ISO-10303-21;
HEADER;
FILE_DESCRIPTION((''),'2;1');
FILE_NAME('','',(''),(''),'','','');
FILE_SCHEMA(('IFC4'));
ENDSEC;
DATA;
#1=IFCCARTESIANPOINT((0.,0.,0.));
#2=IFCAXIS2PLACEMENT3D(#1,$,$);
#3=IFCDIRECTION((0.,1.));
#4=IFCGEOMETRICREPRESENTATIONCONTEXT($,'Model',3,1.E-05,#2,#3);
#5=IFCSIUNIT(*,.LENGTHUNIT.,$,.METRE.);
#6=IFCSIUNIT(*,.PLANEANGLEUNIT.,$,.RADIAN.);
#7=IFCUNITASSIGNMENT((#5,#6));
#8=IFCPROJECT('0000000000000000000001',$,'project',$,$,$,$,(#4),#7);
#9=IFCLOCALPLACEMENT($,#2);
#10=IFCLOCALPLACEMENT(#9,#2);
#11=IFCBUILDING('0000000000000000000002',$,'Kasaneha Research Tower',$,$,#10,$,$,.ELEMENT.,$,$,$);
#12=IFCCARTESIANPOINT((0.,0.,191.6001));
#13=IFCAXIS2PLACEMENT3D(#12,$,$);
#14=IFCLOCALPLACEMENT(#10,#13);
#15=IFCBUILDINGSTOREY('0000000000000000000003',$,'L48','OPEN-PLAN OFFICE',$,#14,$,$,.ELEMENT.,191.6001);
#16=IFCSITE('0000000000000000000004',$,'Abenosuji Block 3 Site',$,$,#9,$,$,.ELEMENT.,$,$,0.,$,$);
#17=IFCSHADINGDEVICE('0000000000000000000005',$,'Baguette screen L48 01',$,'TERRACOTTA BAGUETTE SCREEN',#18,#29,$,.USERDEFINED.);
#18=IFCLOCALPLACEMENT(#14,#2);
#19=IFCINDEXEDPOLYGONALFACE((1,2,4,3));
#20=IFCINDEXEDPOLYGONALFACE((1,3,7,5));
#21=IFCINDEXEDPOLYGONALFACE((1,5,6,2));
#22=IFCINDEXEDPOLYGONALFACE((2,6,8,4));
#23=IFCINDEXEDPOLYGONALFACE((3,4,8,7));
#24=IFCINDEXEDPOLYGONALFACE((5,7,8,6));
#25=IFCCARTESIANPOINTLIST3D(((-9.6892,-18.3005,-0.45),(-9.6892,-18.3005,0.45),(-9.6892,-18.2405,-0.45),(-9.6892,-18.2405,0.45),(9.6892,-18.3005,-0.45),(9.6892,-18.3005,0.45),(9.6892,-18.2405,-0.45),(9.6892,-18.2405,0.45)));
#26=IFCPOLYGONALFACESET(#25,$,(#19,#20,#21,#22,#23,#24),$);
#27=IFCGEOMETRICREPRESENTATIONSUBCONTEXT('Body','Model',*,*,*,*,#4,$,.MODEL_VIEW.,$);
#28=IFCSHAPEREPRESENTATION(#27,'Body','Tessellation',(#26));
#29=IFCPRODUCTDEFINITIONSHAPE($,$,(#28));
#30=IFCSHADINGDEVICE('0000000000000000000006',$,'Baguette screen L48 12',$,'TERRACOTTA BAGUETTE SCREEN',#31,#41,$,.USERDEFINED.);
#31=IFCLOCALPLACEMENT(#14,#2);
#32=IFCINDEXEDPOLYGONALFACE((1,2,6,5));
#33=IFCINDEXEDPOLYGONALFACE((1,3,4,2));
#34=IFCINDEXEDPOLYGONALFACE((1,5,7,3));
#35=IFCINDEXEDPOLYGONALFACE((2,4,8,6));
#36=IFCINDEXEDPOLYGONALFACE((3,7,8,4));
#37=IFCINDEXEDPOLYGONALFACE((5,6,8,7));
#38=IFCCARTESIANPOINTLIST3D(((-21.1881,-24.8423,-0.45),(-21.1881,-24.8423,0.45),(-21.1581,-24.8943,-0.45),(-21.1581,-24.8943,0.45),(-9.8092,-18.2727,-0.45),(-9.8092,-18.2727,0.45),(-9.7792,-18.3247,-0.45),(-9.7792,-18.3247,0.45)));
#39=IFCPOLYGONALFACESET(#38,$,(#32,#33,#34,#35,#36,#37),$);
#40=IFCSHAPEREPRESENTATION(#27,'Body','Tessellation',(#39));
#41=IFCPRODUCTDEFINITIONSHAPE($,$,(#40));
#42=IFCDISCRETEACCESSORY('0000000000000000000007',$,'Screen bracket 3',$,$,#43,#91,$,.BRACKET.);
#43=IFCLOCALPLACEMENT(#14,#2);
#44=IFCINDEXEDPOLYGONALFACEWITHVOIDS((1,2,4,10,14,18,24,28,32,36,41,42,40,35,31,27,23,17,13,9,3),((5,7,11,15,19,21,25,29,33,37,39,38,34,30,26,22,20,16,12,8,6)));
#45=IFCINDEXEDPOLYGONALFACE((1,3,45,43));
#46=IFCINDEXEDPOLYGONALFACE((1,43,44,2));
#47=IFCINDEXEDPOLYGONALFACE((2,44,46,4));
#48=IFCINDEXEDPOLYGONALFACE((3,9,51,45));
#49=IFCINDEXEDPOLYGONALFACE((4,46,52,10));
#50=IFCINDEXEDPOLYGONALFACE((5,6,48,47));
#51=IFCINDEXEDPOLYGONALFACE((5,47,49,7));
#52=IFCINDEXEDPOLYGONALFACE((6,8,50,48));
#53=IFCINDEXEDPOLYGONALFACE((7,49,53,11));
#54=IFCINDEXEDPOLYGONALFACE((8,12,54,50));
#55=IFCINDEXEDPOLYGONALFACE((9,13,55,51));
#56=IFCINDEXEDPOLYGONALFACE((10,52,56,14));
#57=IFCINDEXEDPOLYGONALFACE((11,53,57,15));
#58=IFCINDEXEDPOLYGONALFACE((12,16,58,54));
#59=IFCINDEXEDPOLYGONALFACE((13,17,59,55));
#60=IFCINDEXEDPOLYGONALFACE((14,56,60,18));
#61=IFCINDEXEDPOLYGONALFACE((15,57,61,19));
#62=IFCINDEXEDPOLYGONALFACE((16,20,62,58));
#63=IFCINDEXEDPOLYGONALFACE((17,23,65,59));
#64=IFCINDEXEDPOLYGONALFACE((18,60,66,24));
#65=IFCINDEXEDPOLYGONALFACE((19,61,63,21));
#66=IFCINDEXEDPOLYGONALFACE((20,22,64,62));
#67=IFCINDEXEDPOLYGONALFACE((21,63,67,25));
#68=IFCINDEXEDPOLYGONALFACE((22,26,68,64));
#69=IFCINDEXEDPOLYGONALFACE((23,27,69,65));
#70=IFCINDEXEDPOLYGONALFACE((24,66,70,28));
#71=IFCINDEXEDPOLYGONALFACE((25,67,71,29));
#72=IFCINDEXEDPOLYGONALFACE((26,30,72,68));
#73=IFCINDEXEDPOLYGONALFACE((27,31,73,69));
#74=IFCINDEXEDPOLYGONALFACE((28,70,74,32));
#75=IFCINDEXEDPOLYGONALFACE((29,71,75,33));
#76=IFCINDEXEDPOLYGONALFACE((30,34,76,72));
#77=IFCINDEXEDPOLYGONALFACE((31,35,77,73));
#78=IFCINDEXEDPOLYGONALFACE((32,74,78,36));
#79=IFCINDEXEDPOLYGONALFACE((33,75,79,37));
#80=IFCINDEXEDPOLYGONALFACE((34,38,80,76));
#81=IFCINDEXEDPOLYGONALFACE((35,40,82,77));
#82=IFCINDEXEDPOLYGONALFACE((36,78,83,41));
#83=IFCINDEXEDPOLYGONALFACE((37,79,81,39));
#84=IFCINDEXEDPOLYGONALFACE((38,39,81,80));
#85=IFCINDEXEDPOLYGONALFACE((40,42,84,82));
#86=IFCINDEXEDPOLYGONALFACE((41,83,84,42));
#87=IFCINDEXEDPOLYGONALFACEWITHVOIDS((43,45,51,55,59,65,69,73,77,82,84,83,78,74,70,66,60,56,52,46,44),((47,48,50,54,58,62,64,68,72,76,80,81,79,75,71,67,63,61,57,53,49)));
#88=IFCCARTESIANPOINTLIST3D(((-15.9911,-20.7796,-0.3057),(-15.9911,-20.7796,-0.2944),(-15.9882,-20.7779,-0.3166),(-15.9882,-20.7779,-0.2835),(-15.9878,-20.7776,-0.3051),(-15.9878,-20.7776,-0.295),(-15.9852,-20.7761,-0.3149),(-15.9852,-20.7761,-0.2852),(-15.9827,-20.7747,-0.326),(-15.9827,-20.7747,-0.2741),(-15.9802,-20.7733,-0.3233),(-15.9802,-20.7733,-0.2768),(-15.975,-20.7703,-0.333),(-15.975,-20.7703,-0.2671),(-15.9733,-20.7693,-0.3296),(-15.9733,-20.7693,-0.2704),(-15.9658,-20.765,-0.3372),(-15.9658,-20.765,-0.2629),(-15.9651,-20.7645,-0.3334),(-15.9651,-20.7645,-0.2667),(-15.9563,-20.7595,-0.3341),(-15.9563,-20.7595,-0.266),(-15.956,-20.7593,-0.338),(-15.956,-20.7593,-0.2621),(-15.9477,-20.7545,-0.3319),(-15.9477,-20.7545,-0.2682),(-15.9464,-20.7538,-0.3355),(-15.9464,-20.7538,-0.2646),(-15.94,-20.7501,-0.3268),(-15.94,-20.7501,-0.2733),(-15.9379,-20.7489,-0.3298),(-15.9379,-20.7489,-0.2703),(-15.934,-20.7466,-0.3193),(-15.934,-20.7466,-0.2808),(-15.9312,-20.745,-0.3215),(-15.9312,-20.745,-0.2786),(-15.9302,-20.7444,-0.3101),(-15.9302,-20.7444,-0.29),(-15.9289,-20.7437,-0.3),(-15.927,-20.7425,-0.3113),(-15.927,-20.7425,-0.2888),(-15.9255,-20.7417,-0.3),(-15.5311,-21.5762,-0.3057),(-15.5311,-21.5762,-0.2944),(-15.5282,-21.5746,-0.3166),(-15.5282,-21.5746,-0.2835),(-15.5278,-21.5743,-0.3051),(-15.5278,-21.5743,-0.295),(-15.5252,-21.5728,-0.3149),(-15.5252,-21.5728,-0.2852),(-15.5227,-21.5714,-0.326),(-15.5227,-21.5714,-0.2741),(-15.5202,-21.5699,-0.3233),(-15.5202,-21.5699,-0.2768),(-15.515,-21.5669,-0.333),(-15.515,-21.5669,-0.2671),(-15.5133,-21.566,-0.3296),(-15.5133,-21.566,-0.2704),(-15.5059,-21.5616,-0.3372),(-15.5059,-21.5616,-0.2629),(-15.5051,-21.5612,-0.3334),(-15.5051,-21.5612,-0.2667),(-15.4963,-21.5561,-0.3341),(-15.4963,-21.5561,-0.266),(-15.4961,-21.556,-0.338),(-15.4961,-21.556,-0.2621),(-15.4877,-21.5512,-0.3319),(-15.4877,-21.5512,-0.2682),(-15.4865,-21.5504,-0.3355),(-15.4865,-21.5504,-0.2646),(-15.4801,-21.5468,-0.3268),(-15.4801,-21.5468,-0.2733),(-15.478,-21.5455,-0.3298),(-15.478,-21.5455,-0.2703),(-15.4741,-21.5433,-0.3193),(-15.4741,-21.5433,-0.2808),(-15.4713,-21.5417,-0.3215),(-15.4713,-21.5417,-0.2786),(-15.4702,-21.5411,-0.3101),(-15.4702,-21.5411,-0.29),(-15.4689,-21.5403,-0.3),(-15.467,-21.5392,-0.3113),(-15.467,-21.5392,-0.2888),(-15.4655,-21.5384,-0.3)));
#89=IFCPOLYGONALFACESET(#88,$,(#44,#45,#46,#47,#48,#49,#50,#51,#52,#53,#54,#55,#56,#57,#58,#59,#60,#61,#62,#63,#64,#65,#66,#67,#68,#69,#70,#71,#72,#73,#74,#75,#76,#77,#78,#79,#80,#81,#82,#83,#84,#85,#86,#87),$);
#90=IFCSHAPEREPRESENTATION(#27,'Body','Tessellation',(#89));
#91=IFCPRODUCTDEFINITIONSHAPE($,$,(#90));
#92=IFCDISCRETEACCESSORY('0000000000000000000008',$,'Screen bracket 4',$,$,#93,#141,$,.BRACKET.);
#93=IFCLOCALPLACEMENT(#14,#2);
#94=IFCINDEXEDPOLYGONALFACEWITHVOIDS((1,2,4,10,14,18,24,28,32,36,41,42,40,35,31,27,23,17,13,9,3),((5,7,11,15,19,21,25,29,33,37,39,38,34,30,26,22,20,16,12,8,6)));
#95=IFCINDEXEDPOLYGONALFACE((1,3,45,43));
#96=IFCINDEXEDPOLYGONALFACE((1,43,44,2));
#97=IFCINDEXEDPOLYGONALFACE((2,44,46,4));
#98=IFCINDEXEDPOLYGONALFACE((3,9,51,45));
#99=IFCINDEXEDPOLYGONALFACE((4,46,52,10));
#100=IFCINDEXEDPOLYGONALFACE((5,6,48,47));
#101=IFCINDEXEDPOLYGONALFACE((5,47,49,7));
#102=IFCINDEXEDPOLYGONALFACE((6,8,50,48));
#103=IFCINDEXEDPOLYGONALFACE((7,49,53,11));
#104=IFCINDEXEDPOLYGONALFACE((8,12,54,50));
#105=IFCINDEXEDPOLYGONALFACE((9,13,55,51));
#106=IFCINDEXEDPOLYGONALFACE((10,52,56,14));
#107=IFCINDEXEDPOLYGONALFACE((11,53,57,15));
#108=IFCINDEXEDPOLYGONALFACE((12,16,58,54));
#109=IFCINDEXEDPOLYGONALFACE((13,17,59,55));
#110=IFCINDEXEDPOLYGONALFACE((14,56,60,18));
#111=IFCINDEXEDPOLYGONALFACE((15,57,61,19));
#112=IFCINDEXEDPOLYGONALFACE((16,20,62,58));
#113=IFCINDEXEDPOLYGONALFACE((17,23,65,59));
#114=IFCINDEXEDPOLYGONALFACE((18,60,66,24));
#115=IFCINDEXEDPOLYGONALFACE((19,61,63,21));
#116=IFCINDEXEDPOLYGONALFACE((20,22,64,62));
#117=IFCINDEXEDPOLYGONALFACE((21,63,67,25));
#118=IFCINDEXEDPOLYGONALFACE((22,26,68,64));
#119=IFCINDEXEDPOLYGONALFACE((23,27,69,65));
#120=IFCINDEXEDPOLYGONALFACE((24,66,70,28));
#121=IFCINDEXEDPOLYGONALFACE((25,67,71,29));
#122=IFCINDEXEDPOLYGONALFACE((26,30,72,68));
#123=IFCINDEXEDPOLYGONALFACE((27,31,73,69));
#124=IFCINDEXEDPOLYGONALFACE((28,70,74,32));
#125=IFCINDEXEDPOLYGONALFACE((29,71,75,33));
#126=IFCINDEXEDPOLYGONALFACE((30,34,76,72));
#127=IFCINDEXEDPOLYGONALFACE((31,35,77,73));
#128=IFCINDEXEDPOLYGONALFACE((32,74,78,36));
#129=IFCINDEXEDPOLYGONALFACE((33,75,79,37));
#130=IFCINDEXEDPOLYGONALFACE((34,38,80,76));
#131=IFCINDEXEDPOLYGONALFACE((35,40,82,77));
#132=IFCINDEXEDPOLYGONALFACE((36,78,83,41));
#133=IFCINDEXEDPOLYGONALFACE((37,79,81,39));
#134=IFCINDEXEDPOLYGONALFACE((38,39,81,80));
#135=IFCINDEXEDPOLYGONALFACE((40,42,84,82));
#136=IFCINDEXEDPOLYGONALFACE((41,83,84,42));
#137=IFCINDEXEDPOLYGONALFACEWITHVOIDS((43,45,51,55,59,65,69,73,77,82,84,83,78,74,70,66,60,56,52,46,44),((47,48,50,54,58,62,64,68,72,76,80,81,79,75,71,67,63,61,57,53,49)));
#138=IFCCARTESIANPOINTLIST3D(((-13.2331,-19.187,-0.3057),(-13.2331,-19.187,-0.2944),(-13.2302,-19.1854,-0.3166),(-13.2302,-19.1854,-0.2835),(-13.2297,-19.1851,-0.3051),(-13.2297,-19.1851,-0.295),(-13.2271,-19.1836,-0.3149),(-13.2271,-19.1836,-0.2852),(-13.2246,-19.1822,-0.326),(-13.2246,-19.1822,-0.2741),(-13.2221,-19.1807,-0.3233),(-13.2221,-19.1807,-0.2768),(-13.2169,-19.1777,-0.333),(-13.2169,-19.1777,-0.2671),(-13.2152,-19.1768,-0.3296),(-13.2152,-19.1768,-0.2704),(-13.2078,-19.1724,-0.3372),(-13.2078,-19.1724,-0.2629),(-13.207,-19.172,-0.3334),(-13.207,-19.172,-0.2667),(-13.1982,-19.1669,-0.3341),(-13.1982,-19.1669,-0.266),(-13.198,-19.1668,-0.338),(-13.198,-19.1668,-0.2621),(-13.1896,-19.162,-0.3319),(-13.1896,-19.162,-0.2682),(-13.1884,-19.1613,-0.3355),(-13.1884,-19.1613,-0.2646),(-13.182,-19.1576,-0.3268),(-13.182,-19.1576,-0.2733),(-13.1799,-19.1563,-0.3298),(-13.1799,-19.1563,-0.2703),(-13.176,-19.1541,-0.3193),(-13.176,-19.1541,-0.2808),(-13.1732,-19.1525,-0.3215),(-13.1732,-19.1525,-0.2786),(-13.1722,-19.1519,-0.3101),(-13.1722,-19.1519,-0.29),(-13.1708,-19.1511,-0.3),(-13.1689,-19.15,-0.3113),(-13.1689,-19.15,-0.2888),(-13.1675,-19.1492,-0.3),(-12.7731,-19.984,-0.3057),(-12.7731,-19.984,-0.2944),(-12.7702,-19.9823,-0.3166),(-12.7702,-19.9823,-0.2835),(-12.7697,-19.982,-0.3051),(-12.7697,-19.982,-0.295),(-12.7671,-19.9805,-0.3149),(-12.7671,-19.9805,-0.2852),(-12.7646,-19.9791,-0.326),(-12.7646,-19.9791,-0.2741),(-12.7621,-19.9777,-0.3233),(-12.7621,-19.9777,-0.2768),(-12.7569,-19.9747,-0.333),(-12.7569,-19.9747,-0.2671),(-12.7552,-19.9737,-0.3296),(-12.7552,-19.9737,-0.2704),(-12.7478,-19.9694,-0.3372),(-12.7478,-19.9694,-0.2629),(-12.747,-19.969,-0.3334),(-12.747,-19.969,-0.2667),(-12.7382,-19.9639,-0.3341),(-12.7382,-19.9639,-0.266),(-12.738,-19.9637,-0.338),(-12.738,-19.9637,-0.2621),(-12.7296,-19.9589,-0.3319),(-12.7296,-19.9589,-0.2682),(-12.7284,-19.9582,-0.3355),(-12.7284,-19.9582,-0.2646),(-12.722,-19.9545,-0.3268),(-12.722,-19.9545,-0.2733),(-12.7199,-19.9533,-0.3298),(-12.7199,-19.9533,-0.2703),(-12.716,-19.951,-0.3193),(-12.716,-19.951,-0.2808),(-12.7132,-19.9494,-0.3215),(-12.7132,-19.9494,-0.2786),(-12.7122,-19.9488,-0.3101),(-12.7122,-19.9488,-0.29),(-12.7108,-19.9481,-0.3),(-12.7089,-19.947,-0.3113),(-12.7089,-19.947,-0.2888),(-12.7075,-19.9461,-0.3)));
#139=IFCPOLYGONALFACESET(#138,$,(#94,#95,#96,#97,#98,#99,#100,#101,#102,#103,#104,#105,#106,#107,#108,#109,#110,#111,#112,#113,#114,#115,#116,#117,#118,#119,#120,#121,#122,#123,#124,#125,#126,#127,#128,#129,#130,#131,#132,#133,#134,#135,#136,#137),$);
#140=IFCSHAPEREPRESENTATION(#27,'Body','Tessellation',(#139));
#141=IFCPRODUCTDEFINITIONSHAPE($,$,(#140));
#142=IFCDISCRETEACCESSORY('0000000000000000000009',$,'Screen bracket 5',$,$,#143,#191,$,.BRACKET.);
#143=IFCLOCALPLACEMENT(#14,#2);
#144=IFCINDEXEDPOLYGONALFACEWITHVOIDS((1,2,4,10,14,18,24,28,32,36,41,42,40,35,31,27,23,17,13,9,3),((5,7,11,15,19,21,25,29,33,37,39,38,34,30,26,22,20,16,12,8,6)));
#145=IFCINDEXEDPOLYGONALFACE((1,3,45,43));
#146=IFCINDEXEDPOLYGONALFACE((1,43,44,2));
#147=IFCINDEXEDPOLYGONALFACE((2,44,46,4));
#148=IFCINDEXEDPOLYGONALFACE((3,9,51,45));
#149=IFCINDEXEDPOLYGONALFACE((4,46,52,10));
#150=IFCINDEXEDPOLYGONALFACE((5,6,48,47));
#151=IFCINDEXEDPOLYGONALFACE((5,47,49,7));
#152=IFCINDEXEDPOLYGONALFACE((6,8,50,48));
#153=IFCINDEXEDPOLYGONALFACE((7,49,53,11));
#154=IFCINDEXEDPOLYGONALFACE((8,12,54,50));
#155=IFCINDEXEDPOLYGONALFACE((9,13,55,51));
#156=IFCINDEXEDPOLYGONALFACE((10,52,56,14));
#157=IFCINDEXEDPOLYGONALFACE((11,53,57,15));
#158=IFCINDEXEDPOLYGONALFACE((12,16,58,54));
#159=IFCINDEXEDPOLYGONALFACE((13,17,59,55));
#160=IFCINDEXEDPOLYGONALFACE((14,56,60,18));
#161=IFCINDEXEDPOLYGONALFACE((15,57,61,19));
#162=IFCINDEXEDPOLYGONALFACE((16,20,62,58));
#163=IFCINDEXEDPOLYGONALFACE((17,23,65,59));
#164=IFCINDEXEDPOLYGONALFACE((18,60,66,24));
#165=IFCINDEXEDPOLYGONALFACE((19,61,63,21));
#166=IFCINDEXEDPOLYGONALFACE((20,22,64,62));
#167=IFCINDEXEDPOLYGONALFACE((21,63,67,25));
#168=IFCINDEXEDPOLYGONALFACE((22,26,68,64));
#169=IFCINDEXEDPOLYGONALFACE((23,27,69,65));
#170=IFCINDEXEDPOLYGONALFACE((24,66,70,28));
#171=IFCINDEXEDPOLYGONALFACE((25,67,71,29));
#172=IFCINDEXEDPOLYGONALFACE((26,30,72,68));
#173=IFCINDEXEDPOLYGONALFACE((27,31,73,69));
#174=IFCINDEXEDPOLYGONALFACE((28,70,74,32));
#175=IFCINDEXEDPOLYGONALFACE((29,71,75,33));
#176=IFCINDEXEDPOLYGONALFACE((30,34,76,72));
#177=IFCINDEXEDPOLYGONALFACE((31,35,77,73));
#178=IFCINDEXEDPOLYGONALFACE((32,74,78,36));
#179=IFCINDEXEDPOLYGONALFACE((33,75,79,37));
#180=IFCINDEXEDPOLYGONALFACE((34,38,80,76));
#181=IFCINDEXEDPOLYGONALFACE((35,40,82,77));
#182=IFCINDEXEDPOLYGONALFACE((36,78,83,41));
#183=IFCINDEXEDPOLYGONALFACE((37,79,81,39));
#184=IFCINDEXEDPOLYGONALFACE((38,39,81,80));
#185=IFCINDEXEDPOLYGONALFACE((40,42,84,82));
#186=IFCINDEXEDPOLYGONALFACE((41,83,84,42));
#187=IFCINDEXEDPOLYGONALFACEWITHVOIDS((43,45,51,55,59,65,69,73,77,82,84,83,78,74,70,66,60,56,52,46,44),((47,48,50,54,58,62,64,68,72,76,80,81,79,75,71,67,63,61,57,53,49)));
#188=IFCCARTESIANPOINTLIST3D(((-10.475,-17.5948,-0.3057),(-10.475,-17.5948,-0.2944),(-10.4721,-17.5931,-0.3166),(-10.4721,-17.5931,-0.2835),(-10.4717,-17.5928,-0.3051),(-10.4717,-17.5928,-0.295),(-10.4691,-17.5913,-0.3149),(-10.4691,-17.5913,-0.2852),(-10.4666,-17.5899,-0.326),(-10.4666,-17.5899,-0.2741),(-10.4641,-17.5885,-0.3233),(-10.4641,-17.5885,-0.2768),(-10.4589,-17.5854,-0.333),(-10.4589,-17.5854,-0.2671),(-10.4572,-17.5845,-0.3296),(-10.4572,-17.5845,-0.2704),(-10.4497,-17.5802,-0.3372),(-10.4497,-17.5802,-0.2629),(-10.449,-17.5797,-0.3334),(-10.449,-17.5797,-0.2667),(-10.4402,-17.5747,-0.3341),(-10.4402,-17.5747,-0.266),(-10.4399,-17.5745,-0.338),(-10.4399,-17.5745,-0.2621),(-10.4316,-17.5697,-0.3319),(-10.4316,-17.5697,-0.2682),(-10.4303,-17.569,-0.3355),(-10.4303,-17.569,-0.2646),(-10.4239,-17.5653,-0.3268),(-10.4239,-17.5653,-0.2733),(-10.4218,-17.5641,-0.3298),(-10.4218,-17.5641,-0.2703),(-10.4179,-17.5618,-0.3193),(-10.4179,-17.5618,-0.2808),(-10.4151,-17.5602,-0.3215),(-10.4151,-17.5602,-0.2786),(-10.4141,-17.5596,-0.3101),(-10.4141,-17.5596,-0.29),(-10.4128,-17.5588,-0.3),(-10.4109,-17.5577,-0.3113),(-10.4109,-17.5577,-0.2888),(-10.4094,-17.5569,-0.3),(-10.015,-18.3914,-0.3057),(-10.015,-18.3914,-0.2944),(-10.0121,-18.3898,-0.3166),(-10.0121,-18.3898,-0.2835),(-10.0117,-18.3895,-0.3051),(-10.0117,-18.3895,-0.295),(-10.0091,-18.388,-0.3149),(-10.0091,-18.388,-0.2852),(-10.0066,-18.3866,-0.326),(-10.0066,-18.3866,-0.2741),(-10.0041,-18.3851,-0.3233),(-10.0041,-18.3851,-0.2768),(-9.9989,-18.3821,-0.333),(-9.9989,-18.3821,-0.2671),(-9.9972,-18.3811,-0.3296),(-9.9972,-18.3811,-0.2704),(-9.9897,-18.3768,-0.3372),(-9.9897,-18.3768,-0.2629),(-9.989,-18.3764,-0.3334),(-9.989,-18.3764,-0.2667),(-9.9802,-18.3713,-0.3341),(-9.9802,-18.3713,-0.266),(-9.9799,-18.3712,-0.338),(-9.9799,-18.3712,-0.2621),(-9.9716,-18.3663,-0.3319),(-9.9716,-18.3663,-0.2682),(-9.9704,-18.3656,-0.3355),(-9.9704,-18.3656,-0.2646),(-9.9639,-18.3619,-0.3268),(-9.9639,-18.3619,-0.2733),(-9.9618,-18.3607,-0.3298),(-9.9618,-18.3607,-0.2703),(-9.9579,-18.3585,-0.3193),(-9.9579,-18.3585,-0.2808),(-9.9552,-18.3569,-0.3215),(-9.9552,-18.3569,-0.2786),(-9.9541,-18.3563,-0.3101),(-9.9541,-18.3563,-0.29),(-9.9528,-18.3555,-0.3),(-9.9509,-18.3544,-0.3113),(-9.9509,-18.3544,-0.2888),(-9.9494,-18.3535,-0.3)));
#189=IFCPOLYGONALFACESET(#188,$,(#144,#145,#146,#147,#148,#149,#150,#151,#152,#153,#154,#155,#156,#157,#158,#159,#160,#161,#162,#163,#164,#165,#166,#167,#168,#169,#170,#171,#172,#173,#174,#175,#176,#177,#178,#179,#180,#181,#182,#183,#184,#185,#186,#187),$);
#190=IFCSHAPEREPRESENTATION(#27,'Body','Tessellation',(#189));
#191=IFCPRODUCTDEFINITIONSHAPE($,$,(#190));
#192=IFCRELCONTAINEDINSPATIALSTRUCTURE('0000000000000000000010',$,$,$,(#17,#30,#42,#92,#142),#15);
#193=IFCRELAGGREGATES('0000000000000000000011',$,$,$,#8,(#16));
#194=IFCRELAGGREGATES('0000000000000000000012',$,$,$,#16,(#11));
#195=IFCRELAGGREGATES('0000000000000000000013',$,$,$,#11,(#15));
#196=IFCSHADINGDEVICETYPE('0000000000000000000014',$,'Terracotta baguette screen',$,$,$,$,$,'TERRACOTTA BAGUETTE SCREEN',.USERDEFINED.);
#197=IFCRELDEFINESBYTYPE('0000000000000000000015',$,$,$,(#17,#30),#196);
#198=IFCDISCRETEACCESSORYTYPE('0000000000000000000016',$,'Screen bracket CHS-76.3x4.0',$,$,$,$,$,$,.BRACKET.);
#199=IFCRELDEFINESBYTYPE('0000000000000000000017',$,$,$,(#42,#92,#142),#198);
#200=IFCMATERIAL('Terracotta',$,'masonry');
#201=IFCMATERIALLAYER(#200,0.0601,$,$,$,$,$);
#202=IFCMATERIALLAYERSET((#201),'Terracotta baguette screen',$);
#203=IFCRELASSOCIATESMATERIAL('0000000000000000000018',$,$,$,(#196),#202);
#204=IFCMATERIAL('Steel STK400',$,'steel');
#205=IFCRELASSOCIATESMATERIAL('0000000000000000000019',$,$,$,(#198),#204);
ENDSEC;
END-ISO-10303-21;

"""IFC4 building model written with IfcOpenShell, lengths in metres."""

from ifc_helpers import new_model, si_unit, direction, frame, origin, origin_2d, place, context, subcontext, project, spatial, rectangle, hollow_circle, extrude, material, layer, layer_set, material_profile, profile_set, type_object, element, save


model = new_model("IFC4")

# Units and contexts
model_context = context("Model", 3, precision=1e-05, world=origin(), true_north=direction((0.0, 1.0)))
body_context = subcontext(model_context, "Body", "Model", "MODEL_VIEW")
ifc_project = project(units=[si_unit("LENGTHUNIT", "METRE"), si_unit("PLANEANGLEUNIT", "RADIAN")], contexts=[model_context])

# Site, building, storey
site_placement = place(None, origin())
site = spatial("IfcSite", under=ifc_project, at=site_placement, Name="Abenosuji Block 3 Site", CompositionType="ELEMENT", RefElevation=0.0)
building_placement = place(site_placement, origin())
building = spatial("IfcBuilding", under=site, at=building_placement, Name="Kasaneha Research Tower", CompositionType="ELEMENT")
storey_placement = place(building_placement, frame((0.0, 0.0, 191.6001)))
storey = spatial("IfcBuildingStorey", under=building, at=storey_placement, Name="L48", Description="OPEN-PLAN OFFICE", CompositionType="ELEMENT", Elevation=191.6001)

# Shading devices
ifc_material_1 = material(Name="Terracotta", Category="masonry")
ifc_layer_1 = layer(ifc_material_1, 0.0601)
ifc_layer_set_1 = layer_set([ifc_layer_1], Name="Terracotta baguette screen")
shading_device_type = type_object("IfcShadingDeviceType", Name="Terracotta baguette screen", ElementType="TERRACOTTA BAGUETTE SCREEN", PredefinedType="USERDEFINED", material=ifc_layer_set_1)
shading_device_1_placement = place(storey_placement, frame((0.0, -18.2705, -0.45), z_axis=(0.0, 0.0, 1.0), x_axis=(1.0, 0.0, 0.0)))
element("IfcShadingDevice", 1, at=shading_device_1_placement, inside=storey, type_object=shading_device_type, Name="Baguette screen L48 01", ObjectType="TERRACOTTA BAGUETTE SCREEN", PredefinedType="USERDEFINED", context=body_context, shape_type="SweptSolid", body=[
    extrude(rectangle(XDim=19.3784, YDim=0.0601, at=origin_2d()), origin(), (0.0, 0.0, 1.0), 0.8999),
])
shading_device_2_placement = place(storey_placement, frame((-15.4836, -21.5835, -0.45), z_axis=(0.0, 0.0, 1.0), x_axis=(0.866025, 0.5, 0.0)))
element("IfcShadingDevice", 2, at=shading_device_2_placement, inside=storey, type_object=shading_device_type, Name="Baguette screen L48 12", ObjectType="TERRACOTTA BAGUETTE SCREEN", PredefinedType="USERDEFINED", context=body_context, shape_type="SweptSolid", body=[
    extrude(rectangle(XDim=13.1392, YDim=0.0601, at=origin_2d()), origin(), (0.0, 0.0, 1.0), 0.8999),
])

# Discrete accessories
ifc_material_2 = material(Name="Steel STK400", Category="steel")
ifc_material_profile_1 = material_profile(ifc_material_2, hollow_circle(Radius=0.0381, WallThickness=0.0039, at=origin_2d()), Name="CHS-76.3x4.0")
ifc_profile_set_1 = profile_set([ifc_material_profile_1], Name="Steel STK400")
discrete_accessory_type = type_object("IfcDiscreteAccessoryType", Name="Screen bracket CHS-76.3x4.0", PredefinedType="BRACKET", material=ifc_profile_set_1)
discrete_accessory_1_placement = place(storey_placement, frame((-15.9585, -20.7607, -0.3), z_axis=(0.500021, -0.866013, 0.0), x_axis=(0.866013, 0.500021, 0.0)))
element("IfcDiscreteAccessory", 3, at=discrete_accessory_1_placement, inside=storey, type_object=discrete_accessory_type, Name="Screen bracket 3", PredefinedType="BRACKET", context=body_context, shape_type="SweptSolid", body=[
    extrude(hollow_circle(Radius=0.0381, WallThickness=0.0039, at=origin_2d()), origin(), (0.0, 0.0, 1.0), 0.9199),
])
discrete_accessory_2_placement = place(storey_placement, frame((-13.2004, -19.1682, -0.3), z_axis=(0.499906, -0.86608, 0.0), x_axis=(0.86608, 0.499906, 0.0)))
element("IfcDiscreteAccessory", 4, at=discrete_accessory_2_placement, inside=storey, type_object=discrete_accessory_type, Name="Screen bracket 4", PredefinedType="BRACKET", context=body_context, shape_type="SweptSolid", body=[
    extrude(hollow_circle(Radius=0.0381, WallThickness=0.0039, at=origin_2d()), origin(), (0.0, 0.0, 1.0), 0.9202),
])
discrete_accessory_3_placement = place(storey_placement, frame((-10.4424, -17.5759, -0.3), z_axis=(0.500021, -0.866013, 0.0), x_axis=(0.866013, 0.500021, 0.0)))
element("IfcDiscreteAccessory", 5, at=discrete_accessory_3_placement, inside=storey, type_object=discrete_accessory_type, Name="Screen bracket 5", PredefinedType="BRACKET", context=body_context, shape_type="SweptSolid", body=[
    extrude(hollow_circle(Radius=0.0381, WallThickness=0.0039, at=origin_2d()), origin(), (0.0, 0.0, 1.0), 0.9199),
])

save(model, "model.ifc")
